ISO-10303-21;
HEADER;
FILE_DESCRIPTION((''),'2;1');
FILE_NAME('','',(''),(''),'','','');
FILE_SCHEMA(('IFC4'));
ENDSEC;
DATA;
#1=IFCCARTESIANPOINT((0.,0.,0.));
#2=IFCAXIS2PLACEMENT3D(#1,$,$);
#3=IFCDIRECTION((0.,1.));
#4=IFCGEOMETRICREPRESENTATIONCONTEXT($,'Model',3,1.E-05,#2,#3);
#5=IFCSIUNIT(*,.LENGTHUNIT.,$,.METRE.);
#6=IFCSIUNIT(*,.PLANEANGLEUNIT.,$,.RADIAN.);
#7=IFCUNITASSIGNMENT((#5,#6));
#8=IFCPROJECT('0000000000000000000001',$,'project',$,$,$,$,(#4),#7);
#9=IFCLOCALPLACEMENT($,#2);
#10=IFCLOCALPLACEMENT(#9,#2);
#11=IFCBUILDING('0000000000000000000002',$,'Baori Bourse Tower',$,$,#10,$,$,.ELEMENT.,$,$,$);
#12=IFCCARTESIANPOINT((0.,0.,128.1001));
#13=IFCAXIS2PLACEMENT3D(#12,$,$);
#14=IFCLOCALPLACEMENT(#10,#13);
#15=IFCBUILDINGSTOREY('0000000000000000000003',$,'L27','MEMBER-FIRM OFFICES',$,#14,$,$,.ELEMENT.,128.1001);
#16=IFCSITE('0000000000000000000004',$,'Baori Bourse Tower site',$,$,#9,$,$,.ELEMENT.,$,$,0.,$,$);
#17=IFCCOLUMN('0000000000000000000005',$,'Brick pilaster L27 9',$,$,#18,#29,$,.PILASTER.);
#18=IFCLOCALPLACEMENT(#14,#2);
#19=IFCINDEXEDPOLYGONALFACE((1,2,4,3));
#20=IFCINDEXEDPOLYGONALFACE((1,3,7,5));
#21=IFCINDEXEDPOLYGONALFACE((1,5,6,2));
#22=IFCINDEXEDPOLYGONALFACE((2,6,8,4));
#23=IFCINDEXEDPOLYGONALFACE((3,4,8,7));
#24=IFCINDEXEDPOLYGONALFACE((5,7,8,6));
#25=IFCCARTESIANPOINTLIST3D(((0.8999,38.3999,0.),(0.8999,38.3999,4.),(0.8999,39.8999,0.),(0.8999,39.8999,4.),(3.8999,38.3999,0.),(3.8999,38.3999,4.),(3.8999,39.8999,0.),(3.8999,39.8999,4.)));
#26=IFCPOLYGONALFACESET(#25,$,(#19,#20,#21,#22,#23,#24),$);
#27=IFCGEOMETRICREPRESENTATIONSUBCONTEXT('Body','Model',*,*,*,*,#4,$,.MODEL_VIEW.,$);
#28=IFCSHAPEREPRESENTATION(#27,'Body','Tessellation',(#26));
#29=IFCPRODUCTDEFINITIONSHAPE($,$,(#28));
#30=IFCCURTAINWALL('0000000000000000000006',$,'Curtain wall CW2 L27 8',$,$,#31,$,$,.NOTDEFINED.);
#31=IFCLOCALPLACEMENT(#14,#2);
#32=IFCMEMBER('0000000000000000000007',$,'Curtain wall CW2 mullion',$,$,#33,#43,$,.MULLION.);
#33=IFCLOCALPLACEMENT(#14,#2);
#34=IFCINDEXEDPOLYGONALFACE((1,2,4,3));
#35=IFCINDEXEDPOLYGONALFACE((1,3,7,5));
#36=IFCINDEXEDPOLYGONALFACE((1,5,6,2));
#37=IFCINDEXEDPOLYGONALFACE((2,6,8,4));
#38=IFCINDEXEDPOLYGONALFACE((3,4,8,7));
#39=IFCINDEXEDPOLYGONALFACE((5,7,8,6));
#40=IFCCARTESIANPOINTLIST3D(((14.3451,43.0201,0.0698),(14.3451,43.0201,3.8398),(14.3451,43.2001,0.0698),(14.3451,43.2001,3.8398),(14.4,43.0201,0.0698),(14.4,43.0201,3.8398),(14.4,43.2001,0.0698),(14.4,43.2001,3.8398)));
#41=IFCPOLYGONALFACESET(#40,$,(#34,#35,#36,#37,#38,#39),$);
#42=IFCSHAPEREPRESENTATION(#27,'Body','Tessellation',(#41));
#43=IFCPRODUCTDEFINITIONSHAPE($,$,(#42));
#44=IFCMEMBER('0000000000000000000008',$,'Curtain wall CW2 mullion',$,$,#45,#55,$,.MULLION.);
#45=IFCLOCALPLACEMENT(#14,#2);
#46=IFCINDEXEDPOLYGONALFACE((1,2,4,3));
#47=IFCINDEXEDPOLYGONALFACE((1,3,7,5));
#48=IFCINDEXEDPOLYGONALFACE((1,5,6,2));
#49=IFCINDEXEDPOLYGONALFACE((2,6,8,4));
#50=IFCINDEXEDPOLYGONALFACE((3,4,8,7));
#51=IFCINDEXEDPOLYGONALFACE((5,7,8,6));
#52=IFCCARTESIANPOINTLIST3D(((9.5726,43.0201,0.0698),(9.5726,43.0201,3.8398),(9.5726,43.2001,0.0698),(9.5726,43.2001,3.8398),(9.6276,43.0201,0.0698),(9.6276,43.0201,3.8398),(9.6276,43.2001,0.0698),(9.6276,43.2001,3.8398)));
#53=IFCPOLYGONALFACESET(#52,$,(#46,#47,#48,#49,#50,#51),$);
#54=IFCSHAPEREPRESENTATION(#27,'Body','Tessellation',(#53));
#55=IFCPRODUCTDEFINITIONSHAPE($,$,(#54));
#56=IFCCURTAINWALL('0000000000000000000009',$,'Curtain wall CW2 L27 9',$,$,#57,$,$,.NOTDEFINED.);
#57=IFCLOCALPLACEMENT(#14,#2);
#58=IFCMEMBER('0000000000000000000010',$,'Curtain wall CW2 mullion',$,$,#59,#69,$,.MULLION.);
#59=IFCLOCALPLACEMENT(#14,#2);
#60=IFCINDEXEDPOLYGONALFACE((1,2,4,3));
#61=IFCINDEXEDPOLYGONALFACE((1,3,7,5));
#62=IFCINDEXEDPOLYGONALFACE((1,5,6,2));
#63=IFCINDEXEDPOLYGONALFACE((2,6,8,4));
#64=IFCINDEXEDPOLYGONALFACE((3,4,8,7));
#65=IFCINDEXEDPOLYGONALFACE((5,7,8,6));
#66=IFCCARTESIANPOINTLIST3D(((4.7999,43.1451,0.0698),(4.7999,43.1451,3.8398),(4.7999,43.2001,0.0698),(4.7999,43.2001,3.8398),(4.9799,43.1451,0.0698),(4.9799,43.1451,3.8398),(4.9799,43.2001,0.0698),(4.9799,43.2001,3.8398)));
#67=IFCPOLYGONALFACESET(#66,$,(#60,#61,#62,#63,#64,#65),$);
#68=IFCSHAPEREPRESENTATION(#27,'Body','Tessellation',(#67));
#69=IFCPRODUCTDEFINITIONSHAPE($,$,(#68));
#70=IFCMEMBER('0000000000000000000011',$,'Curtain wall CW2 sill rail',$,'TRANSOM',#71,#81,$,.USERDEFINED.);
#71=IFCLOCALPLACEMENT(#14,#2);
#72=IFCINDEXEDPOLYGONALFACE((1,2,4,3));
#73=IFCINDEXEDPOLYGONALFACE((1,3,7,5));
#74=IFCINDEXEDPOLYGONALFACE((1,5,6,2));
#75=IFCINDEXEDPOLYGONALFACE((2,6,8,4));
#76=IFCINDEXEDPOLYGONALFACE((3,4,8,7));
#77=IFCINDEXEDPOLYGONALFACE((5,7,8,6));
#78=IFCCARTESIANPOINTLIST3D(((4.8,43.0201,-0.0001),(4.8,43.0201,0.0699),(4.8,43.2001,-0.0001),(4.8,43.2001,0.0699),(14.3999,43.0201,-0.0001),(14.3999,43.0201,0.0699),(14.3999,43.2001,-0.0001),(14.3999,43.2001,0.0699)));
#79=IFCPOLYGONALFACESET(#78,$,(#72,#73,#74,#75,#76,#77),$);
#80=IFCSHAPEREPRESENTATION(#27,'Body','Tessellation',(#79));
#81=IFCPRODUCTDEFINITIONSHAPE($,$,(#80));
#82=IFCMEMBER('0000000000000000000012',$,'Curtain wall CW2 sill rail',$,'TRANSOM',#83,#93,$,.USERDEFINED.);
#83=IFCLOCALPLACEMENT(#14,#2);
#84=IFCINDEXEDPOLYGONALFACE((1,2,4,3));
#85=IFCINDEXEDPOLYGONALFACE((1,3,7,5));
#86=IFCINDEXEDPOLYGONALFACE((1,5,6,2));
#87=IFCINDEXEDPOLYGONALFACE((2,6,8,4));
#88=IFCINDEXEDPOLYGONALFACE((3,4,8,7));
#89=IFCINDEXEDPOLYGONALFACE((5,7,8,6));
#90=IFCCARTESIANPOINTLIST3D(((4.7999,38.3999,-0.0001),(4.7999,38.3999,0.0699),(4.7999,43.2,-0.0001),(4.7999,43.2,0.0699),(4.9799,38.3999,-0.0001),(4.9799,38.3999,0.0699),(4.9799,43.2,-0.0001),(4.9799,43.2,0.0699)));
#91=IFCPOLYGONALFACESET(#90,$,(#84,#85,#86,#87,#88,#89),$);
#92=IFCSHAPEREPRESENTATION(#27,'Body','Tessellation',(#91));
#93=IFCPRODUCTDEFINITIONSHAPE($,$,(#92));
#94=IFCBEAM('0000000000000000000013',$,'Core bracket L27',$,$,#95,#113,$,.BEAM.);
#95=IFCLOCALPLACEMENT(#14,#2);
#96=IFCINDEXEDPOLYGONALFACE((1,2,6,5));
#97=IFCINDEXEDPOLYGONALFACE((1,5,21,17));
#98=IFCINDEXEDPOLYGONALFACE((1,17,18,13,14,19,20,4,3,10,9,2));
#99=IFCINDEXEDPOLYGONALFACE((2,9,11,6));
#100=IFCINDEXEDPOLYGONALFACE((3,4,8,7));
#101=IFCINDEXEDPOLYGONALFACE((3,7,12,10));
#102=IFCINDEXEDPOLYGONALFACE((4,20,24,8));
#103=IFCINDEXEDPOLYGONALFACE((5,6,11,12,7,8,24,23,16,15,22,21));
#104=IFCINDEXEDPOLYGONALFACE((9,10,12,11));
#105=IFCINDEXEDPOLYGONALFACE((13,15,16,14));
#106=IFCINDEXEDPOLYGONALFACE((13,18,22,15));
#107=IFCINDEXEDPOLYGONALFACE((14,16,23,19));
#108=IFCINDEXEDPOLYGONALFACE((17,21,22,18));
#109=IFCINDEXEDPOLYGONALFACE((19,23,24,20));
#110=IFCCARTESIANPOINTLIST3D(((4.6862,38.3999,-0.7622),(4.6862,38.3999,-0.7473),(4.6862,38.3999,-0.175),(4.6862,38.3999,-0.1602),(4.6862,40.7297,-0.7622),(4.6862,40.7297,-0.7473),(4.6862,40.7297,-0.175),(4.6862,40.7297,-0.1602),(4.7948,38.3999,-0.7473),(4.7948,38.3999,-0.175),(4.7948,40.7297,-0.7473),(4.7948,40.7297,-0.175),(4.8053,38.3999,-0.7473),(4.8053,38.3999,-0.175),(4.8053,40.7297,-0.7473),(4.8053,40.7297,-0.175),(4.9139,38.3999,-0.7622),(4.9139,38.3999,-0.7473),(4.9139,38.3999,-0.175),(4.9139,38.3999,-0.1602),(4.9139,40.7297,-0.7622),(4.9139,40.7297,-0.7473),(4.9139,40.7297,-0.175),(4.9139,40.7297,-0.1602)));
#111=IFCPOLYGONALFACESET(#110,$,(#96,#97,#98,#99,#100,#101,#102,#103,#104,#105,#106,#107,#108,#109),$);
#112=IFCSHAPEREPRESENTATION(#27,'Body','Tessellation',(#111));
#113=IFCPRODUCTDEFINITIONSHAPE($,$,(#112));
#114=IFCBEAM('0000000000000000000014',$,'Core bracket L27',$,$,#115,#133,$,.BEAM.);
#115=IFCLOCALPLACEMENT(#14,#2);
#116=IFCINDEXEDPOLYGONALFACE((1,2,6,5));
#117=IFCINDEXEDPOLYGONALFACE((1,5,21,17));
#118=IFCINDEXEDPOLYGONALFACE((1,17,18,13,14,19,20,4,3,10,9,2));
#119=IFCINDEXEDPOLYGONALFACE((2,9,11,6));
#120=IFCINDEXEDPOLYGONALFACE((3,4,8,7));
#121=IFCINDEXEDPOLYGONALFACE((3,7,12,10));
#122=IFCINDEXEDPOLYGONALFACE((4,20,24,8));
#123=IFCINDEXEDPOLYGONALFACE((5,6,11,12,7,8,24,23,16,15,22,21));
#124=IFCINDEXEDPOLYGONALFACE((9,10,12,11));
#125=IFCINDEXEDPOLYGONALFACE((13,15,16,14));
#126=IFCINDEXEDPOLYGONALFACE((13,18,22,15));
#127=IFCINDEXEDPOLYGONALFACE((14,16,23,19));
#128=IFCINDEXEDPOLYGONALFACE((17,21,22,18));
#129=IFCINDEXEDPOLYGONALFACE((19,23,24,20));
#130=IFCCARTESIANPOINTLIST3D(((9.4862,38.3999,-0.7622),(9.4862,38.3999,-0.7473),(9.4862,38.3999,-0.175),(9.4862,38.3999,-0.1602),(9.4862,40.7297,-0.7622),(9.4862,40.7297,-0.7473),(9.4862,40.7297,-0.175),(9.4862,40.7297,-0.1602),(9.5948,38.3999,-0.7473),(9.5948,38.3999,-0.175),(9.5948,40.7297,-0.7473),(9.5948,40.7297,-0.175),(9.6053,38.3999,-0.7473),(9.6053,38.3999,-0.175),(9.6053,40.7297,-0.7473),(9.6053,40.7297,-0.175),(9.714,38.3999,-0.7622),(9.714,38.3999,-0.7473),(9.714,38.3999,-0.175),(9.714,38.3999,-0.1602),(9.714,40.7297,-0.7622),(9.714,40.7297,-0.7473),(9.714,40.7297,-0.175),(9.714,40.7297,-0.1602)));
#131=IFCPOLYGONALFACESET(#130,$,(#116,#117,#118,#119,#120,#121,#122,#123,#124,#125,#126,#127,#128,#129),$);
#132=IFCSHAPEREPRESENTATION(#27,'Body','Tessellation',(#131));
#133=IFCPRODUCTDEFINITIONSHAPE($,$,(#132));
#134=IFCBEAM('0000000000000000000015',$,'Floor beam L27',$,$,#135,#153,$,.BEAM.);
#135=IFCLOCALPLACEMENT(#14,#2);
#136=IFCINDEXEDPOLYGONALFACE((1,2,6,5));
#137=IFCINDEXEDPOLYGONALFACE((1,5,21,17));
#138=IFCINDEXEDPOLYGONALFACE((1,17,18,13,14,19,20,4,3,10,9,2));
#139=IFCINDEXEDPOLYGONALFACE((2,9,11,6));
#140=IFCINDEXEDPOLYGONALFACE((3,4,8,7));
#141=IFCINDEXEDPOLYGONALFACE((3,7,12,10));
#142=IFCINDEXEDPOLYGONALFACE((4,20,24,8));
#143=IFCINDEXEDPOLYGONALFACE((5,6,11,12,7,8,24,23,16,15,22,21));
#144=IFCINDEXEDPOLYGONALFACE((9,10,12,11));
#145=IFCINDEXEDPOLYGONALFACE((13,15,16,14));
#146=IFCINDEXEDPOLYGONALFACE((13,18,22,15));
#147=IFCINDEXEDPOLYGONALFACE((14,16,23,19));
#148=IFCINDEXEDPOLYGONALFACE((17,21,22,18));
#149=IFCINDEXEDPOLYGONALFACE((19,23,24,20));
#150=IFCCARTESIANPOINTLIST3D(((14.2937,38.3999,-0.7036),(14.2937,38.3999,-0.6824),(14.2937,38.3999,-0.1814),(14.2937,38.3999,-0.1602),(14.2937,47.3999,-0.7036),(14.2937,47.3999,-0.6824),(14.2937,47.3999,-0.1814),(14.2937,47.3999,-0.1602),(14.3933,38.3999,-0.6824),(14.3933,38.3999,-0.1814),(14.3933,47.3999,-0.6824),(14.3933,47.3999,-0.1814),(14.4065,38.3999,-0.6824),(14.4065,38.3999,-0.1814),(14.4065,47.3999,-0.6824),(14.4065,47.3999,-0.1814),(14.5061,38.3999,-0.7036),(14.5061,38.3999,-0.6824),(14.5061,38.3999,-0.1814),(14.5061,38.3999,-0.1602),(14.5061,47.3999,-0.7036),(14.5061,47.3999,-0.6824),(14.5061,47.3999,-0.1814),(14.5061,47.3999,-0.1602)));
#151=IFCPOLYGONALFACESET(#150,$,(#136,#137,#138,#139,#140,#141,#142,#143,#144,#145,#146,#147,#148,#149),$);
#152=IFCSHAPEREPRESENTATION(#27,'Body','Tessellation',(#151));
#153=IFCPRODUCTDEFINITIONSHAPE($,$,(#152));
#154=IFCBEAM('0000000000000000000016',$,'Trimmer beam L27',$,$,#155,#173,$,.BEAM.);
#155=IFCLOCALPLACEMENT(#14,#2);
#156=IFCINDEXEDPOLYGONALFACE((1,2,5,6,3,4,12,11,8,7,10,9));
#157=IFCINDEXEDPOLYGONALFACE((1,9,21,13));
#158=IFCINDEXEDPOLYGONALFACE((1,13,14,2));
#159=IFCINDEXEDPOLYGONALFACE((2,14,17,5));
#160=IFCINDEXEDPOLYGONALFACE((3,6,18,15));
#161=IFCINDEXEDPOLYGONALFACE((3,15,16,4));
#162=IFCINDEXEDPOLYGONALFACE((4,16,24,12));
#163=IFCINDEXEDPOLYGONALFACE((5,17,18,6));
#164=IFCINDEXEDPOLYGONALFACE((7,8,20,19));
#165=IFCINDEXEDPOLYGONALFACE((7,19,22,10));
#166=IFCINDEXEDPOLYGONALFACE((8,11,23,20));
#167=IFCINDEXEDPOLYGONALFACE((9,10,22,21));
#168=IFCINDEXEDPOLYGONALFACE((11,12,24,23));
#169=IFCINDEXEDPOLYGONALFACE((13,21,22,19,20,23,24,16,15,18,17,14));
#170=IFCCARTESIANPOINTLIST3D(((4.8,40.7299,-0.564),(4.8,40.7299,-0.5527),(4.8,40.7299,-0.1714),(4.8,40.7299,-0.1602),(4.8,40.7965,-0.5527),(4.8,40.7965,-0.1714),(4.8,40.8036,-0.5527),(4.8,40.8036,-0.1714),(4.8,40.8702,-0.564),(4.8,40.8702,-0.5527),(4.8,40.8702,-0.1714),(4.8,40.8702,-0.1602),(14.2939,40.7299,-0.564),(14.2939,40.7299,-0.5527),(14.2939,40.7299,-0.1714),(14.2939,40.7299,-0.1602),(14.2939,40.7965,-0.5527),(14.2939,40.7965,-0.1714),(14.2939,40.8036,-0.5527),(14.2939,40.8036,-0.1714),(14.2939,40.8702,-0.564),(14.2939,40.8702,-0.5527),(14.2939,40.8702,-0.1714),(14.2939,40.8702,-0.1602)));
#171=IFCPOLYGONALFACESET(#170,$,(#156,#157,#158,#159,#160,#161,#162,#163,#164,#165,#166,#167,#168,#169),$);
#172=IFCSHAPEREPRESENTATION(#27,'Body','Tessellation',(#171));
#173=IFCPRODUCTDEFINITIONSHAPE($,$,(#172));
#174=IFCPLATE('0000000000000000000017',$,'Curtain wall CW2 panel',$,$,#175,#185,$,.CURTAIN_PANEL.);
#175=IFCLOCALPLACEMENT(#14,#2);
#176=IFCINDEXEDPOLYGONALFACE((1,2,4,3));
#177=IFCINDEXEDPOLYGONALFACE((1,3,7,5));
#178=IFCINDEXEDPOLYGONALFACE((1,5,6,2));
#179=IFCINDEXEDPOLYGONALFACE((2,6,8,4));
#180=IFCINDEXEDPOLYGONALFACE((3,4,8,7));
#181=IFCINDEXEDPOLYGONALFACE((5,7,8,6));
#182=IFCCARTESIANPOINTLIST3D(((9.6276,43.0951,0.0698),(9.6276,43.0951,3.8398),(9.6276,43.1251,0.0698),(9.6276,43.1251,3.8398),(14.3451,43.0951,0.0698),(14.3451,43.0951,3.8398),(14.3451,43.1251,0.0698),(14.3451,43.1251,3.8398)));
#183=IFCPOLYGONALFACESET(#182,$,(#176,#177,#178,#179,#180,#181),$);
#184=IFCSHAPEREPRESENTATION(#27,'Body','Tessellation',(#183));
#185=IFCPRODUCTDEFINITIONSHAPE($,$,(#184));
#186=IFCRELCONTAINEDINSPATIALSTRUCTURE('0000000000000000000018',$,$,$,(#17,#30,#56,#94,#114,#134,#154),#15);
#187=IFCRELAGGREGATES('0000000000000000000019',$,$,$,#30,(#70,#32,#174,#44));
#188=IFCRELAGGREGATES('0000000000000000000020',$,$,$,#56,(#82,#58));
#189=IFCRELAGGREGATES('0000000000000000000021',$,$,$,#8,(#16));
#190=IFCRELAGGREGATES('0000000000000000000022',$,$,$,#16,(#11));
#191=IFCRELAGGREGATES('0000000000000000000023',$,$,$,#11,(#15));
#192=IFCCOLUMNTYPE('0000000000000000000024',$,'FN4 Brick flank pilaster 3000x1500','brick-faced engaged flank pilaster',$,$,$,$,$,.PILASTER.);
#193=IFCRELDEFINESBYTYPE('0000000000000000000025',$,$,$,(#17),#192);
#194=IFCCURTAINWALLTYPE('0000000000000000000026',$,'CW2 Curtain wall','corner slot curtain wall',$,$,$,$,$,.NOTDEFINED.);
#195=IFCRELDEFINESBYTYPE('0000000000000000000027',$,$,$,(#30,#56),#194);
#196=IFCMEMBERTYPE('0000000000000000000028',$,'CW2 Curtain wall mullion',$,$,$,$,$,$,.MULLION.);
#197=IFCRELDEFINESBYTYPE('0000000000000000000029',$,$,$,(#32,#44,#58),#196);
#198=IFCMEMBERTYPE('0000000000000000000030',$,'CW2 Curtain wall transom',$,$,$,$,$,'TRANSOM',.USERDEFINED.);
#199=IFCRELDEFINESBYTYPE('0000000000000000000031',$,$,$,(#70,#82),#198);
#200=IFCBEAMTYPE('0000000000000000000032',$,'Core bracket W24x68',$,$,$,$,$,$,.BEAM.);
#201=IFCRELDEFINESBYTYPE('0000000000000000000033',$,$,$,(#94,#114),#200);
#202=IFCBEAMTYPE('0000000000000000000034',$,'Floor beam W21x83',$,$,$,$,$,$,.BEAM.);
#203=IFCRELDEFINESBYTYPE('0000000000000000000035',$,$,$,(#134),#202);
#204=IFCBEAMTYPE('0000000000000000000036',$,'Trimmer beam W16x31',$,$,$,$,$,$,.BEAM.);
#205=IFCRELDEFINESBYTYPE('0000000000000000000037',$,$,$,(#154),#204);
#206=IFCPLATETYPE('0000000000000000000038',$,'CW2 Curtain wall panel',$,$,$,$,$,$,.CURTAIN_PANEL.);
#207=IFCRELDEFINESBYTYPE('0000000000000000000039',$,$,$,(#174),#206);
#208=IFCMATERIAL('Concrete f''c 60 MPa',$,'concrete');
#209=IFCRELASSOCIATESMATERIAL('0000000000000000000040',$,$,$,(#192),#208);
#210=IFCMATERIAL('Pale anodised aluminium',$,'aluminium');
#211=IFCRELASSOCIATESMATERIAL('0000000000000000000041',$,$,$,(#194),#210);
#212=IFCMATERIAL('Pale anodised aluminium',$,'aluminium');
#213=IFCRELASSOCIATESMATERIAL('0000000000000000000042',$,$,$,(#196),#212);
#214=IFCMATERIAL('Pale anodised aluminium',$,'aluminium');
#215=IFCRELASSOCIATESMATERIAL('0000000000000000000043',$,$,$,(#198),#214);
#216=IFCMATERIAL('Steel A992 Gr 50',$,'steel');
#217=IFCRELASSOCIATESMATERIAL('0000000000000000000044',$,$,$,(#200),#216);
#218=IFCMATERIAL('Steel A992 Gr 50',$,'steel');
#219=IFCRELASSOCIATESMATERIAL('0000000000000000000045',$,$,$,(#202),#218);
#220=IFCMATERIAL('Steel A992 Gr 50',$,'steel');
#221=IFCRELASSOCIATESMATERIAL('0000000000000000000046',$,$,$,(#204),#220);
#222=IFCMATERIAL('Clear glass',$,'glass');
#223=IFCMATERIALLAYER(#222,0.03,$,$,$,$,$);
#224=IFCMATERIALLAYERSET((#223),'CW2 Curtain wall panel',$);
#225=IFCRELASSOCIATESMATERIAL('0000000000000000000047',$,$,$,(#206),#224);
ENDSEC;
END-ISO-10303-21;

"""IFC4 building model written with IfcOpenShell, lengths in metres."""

from ifc_helpers import new_model, si_unit, direction, frame, origin, origin_2d, place, context, subcontext, project, spatial, rectangle, i_section, extrude, material, layer, layer_set, material_profile, profile_set, type_object, element, aggregate, save


model = new_model("IFC4")

# Units and contexts
model_context = context("Model", 3, precision=1e-05, world=origin(), true_north=direction((0.0, 1.0)))
body_context = subcontext(model_context, "Body", "Model", "MODEL_VIEW")
ifc_project = project(units=[si_unit("LENGTHUNIT", "METRE"), si_unit("PLANEANGLEUNIT", "RADIAN")], contexts=[model_context])

# Site, building, storey
site_placement = place(None, origin())
site = spatial("IfcSite", under=ifc_project, at=site_placement, Name="Baori Bourse Tower site", CompositionType="ELEMENT", RefElevation=0.0)
building_placement = place(site_placement, origin())
building = spatial("IfcBuilding", under=site, at=building_placement, Name="Baori Bourse Tower", CompositionType="ELEMENT")
storey_placement = place(building_placement, frame((0.0, 0.0, 128.1001)))
storey = spatial("IfcBuildingStorey", under=building, at=storey_placement, Name="L27", Description="MEMBER-FIRM OFFICES", CompositionType="ELEMENT", Elevation=128.1001)

# Column
ifc_material_1 = material(Name="Concrete f'c 60 MPa", Category="concrete")
ifc_material_profile_1 = material_profile(ifc_material_1, rectangle(XDim=3.0, YDim=1.5, at=origin_2d()), Name="RC 3000x1500")
ifc_profile_set_1 = profile_set([ifc_material_profile_1], Name="Concrete f'c 60 MPa")
column_type = type_object("IfcColumnType", Name="FN4 Brick flank pilaster 3000x1500", Description="brick-faced engaged flank pilaster", PredefinedType="PILASTER", material=ifc_profile_set_1)
column_placement = place(storey_placement, frame((2.3999, 39.1499, 0.0), z_axis=(0.0, 0.0, 1.0), x_axis=(1.0, 0.0, 0.0)))
element("IfcColumn", 1, at=column_placement, inside=storey, type_object=column_type, Name="Brick pilaster L27 9", PredefinedType="PILASTER", context=body_context, shape_type="SweptSolid", body=[
    extrude(rectangle(XDim=3.0, YDim=1.5, at=origin_2d()), origin(), (0.0, 0.0, 1.0), 4.0),
])

# Curtain wall, members
ifc_material_2 = material(Name="Pale anodised aluminium", Category="aluminium")
curtain_wall_type = type_object("IfcCurtainWallType", Name="CW2 Curtain wall", Description="corner slot curtain wall", PredefinedType="NOTDEFINED", material=ifc_material_2)
curtain_wall_1_placement = place(storey_placement, origin())
curtain_wall_1 = element("IfcCurtainWall", 2, at=curtain_wall_1_placement, inside=storey, type_object=curtain_wall_type, Name="Curtain wall CW2 L27 8", PredefinedType="NOTDEFINED")
ifc_material_3 = material(Name="Pale anodised aluminium", Category="aluminium")
ifc_material_profile_2 = material_profile(ifc_material_3, rectangle(XDim=0.1799, YDim=0.0549, at=origin_2d()), Name="Mullion 55x180")
ifc_profile_set_2 = profile_set([ifc_material_profile_2], Name="Pale anodised aluminium")
member_type_1 = type_object("IfcMemberType", Name="CW2 Curtain wall mullion", PredefinedType="MULLION", material=ifc_profile_set_2)
member_1_placement = place(storey_placement, frame((14.3726, 43.1101, 0.0698), z_axis=(0.0, 0.0, 1.0), x_axis=(0.0, -1.0, 0.0)))
member_1 = element("IfcMember", 3, at=member_1_placement, type_object=member_type_1, Name="Curtain wall CW2 mullion", PredefinedType="MULLION", context=body_context, shape_type="SweptSolid", body=[
    extrude(rectangle(XDim=0.1799, YDim=0.0549, at=origin_2d()), origin(), (0.0, 0.0, 1.0), 3.77),
])
member_2_placement = place(storey_placement, frame((9.6001, 43.1101, 0.0698), z_axis=(0.0, 0.0, 1.0), x_axis=(0.0, -1.0, 0.0)))
member_2 = element("IfcMember", 4, at=member_2_placement, type_object=member_type_1, Name="Curtain wall CW2 mullion", PredefinedType="MULLION", context=body_context, shape_type="SweptSolid", body=[
    extrude(rectangle(XDim=0.1799, YDim=0.0549, at=origin_2d()), origin(), (0.0, 0.0, 1.0), 3.77),
])

# Curtain wall, member
curtain_wall_2_placement = place(storey_placement, origin())
curtain_wall_2 = element("IfcCurtainWall", 5, at=curtain_wall_2_placement, inside=storey, type_object=curtain_wall_type, Name="Curtain wall CW2 L27 9", PredefinedType="NOTDEFINED")
member_3_placement = place(storey_placement, frame((4.8899, 43.1726, 0.0698), z_axis=(0.0, 0.0, 1.0), x_axis=(1.0, 0.0, 0.0)))
member_3 = element("IfcMember", 6, at=member_3_placement, type_object=member_type_1, Name="Curtain wall CW2 mullion", PredefinedType="MULLION", context=body_context, shape_type="SweptSolid", body=[
    extrude(rectangle(XDim=0.1799, YDim=0.0549, at=origin_2d()), origin(), (0.0, 0.0, 1.0), 3.77),
])

# Members
ifc_material_4 = material(Name="Pale anodised aluminium", Category="aluminium")
ifc_material_profile_3 = material_profile(ifc_material_4, rectangle(XDim=0.1799, YDim=0.0701, at=origin_2d()), Name="Transom 70x180")
ifc_profile_set_3 = profile_set([ifc_material_profile_3], Name="Pale anodised aluminium")
member_type_2 = type_object("IfcMemberType", Name="CW2 Curtain wall transom", ElementType="TRANSOM", PredefinedType="USERDEFINED", material=ifc_profile_set_3)
member_4_placement = place(storey_placement, frame((14.3999, 43.1101, 0.0349), z_axis=(-1.0, 0.0, 0.0), x_axis=(0.0, -1.0, 0.0)))
member_4 = element("IfcMember", 7, at=member_4_placement, type_object=member_type_2, Name="Curtain wall CW2 sill rail", ObjectType="TRANSOM", PredefinedType="USERDEFINED", context=body_context, shape_type="SweptSolid", body=[
    extrude(rectangle(XDim=0.1799, YDim=0.0701, at=origin_2d()), origin(), (0.0, 0.0, 1.0), 9.5999),
])
member_5_placement = place(storey_placement, frame((4.8899, 43.2, 0.0349), z_axis=(0.0, -1.0, 0.0), x_axis=(1.0, 0.0, 0.0)))
member_5 = element("IfcMember", 8, at=member_5_placement, type_object=member_type_2, Name="Curtain wall CW2 sill rail", ObjectType="TRANSOM", PredefinedType="USERDEFINED", context=body_context, shape_type="SweptSolid", body=[
    extrude(rectangle(XDim=0.1799, YDim=0.0701, at=origin_2d()), origin(), (0.0, 0.0, 1.0), 4.8),
])

# Beams
ifc_material_5 = material(Name="Steel A992 Gr 50", Category="steel")
ifc_material_profile_4 = material_profile(ifc_material_5, i_section(OverallWidth=0.2278, OverallDepth=0.6021, WebThickness=0.0105, FlangeThickness=0.0149, at=origin_2d()), Name="W24x68")
ifc_profile_set_4 = profile_set([ifc_material_profile_4], Name="Steel A992 Gr 50")
beam_type_1 = type_object("IfcBeamType", Name="Core bracket W24x68", PredefinedType="BEAM", material=ifc_profile_set_4)
for number, where, z_axis, x_axis, name in (
    (9, (4.8, 38.3999, -0.4612), (0.0, 1.0, 0.0), (-1.0, 0.0, 0.0), "Core bracket L27"),
    (10, (9.6001, 38.3999, -0.4612), (0.0, 1.0, 0.0), (-1.0, 0.0, 0.0), "Core bracket L27"),
):
    element("IfcBeam", number, at=place(storey_placement, frame(where, z_axis=z_axis, x_axis=x_axis)), inside=storey, type_object=beam_type_1, Name=name, PredefinedType="BEAM", context=body_context, shape_type="SweptSolid", body=[
        extrude(i_section(OverallWidth=0.2278, OverallDepth=0.6021, WebThickness=0.0105, FlangeThickness=0.0149, at=origin_2d()), origin(), (0.0, 0.0, 1.0), 2.3298),
    ])
ifc_material_6 = material(Name="Steel A992 Gr 50", Category="steel")
ifc_material_profile_5 = material_profile(ifc_material_6, i_section(OverallWidth=0.2124, OverallDepth=0.5435, WebThickness=0.0132, FlangeThickness=0.0212, at=origin_2d()), Name="W21x83")
ifc_profile_set_5 = profile_set([ifc_material_profile_5], Name="Steel A992 Gr 50")
beam_type_2 = type_object("IfcBeamType", Name="Floor beam W21x83", PredefinedType="BEAM", material=ifc_profile_set_5)
beam_1_placement = place(storey_placement, frame((14.3999, 38.3999, -0.4319), z_axis=(0.0, 1.0, 0.0), x_axis=(-1.0, 0.0, 0.0)))
element("IfcBeam", 11, at=beam_1_placement, inside=storey, type_object=beam_type_2, Name="Floor beam L27", PredefinedType="BEAM", context=body_context, shape_type="SweptSolid", body=[
    extrude(i_section(OverallWidth=0.2124, OverallDepth=0.5435, WebThickness=0.0132, FlangeThickness=0.0212, at=origin_2d()), origin(), (0.0, 0.0, 1.0), 9.0),
])
ifc_material_7 = material(Name="Steel A992 Gr 50", Category="steel")
ifc_material_profile_6 = material_profile(ifc_material_7, i_section(OverallWidth=0.1404, OverallDepth=0.4038, WebThickness=0.0071, FlangeThickness=0.0112, at=origin_2d()), Name="W16x31")
ifc_profile_set_6 = profile_set([ifc_material_profile_6], Name="Steel A992 Gr 50")
beam_type_3 = type_object("IfcBeamType", Name="Trimmer beam W16x31", PredefinedType="BEAM", material=ifc_profile_set_6)
beam_2_placement = place(storey_placement, frame((4.8, 40.8, -0.3621), z_axis=(1.0, 0.0, 0.0), x_axis=(0.0, 1.0, 0.0)))
element("IfcBeam", 12, at=beam_2_placement, inside=storey, type_object=beam_type_3, Name="Trimmer beam L27", PredefinedType="BEAM", context=body_context, shape_type="SweptSolid", body=[
    extrude(i_section(OverallWidth=0.1404, OverallDepth=0.4038, WebThickness=0.0071, FlangeThickness=0.0112, at=origin_2d()), origin(), (0.0, 0.0, 1.0), 9.4939),
])

# Plate
ifc_material_8 = material(Name="Clear glass", Category="glass")
ifc_layer_1 = layer(ifc_material_8, 0.03)
ifc_layer_set_1 = layer_set([ifc_layer_1], Name="CW2 Curtain wall panel")
plate_type = type_object("IfcPlateType", Name="CW2 Curtain wall panel", PredefinedType="CURTAIN_PANEL", material=ifc_layer_set_1)
plate_1_placement = place(storey_placement, frame((11.9863, 43.1101, 0.0698), z_axis=(0.0, 0.0, 1.0), x_axis=(-1.0, 0.0, 0.0)))
plate_1 = element("IfcPlate", 13, at=plate_1_placement, type_object=plate_type, Name="Curtain wall CW2 panel", PredefinedType="CURTAIN_PANEL", context=body_context, shape_type="SweptSolid", body=[
    extrude(rectangle(XDim=4.7175, YDim=0.03, at=origin_2d()), origin(), (0.0, 0.0, 1.0), 3.77),
])
aggregate(curtain_wall_1, [member_4, member_1, plate_1, member_2])
aggregate(curtain_wall_2, [member_5, member_3])

save(model, "model.ifc")
